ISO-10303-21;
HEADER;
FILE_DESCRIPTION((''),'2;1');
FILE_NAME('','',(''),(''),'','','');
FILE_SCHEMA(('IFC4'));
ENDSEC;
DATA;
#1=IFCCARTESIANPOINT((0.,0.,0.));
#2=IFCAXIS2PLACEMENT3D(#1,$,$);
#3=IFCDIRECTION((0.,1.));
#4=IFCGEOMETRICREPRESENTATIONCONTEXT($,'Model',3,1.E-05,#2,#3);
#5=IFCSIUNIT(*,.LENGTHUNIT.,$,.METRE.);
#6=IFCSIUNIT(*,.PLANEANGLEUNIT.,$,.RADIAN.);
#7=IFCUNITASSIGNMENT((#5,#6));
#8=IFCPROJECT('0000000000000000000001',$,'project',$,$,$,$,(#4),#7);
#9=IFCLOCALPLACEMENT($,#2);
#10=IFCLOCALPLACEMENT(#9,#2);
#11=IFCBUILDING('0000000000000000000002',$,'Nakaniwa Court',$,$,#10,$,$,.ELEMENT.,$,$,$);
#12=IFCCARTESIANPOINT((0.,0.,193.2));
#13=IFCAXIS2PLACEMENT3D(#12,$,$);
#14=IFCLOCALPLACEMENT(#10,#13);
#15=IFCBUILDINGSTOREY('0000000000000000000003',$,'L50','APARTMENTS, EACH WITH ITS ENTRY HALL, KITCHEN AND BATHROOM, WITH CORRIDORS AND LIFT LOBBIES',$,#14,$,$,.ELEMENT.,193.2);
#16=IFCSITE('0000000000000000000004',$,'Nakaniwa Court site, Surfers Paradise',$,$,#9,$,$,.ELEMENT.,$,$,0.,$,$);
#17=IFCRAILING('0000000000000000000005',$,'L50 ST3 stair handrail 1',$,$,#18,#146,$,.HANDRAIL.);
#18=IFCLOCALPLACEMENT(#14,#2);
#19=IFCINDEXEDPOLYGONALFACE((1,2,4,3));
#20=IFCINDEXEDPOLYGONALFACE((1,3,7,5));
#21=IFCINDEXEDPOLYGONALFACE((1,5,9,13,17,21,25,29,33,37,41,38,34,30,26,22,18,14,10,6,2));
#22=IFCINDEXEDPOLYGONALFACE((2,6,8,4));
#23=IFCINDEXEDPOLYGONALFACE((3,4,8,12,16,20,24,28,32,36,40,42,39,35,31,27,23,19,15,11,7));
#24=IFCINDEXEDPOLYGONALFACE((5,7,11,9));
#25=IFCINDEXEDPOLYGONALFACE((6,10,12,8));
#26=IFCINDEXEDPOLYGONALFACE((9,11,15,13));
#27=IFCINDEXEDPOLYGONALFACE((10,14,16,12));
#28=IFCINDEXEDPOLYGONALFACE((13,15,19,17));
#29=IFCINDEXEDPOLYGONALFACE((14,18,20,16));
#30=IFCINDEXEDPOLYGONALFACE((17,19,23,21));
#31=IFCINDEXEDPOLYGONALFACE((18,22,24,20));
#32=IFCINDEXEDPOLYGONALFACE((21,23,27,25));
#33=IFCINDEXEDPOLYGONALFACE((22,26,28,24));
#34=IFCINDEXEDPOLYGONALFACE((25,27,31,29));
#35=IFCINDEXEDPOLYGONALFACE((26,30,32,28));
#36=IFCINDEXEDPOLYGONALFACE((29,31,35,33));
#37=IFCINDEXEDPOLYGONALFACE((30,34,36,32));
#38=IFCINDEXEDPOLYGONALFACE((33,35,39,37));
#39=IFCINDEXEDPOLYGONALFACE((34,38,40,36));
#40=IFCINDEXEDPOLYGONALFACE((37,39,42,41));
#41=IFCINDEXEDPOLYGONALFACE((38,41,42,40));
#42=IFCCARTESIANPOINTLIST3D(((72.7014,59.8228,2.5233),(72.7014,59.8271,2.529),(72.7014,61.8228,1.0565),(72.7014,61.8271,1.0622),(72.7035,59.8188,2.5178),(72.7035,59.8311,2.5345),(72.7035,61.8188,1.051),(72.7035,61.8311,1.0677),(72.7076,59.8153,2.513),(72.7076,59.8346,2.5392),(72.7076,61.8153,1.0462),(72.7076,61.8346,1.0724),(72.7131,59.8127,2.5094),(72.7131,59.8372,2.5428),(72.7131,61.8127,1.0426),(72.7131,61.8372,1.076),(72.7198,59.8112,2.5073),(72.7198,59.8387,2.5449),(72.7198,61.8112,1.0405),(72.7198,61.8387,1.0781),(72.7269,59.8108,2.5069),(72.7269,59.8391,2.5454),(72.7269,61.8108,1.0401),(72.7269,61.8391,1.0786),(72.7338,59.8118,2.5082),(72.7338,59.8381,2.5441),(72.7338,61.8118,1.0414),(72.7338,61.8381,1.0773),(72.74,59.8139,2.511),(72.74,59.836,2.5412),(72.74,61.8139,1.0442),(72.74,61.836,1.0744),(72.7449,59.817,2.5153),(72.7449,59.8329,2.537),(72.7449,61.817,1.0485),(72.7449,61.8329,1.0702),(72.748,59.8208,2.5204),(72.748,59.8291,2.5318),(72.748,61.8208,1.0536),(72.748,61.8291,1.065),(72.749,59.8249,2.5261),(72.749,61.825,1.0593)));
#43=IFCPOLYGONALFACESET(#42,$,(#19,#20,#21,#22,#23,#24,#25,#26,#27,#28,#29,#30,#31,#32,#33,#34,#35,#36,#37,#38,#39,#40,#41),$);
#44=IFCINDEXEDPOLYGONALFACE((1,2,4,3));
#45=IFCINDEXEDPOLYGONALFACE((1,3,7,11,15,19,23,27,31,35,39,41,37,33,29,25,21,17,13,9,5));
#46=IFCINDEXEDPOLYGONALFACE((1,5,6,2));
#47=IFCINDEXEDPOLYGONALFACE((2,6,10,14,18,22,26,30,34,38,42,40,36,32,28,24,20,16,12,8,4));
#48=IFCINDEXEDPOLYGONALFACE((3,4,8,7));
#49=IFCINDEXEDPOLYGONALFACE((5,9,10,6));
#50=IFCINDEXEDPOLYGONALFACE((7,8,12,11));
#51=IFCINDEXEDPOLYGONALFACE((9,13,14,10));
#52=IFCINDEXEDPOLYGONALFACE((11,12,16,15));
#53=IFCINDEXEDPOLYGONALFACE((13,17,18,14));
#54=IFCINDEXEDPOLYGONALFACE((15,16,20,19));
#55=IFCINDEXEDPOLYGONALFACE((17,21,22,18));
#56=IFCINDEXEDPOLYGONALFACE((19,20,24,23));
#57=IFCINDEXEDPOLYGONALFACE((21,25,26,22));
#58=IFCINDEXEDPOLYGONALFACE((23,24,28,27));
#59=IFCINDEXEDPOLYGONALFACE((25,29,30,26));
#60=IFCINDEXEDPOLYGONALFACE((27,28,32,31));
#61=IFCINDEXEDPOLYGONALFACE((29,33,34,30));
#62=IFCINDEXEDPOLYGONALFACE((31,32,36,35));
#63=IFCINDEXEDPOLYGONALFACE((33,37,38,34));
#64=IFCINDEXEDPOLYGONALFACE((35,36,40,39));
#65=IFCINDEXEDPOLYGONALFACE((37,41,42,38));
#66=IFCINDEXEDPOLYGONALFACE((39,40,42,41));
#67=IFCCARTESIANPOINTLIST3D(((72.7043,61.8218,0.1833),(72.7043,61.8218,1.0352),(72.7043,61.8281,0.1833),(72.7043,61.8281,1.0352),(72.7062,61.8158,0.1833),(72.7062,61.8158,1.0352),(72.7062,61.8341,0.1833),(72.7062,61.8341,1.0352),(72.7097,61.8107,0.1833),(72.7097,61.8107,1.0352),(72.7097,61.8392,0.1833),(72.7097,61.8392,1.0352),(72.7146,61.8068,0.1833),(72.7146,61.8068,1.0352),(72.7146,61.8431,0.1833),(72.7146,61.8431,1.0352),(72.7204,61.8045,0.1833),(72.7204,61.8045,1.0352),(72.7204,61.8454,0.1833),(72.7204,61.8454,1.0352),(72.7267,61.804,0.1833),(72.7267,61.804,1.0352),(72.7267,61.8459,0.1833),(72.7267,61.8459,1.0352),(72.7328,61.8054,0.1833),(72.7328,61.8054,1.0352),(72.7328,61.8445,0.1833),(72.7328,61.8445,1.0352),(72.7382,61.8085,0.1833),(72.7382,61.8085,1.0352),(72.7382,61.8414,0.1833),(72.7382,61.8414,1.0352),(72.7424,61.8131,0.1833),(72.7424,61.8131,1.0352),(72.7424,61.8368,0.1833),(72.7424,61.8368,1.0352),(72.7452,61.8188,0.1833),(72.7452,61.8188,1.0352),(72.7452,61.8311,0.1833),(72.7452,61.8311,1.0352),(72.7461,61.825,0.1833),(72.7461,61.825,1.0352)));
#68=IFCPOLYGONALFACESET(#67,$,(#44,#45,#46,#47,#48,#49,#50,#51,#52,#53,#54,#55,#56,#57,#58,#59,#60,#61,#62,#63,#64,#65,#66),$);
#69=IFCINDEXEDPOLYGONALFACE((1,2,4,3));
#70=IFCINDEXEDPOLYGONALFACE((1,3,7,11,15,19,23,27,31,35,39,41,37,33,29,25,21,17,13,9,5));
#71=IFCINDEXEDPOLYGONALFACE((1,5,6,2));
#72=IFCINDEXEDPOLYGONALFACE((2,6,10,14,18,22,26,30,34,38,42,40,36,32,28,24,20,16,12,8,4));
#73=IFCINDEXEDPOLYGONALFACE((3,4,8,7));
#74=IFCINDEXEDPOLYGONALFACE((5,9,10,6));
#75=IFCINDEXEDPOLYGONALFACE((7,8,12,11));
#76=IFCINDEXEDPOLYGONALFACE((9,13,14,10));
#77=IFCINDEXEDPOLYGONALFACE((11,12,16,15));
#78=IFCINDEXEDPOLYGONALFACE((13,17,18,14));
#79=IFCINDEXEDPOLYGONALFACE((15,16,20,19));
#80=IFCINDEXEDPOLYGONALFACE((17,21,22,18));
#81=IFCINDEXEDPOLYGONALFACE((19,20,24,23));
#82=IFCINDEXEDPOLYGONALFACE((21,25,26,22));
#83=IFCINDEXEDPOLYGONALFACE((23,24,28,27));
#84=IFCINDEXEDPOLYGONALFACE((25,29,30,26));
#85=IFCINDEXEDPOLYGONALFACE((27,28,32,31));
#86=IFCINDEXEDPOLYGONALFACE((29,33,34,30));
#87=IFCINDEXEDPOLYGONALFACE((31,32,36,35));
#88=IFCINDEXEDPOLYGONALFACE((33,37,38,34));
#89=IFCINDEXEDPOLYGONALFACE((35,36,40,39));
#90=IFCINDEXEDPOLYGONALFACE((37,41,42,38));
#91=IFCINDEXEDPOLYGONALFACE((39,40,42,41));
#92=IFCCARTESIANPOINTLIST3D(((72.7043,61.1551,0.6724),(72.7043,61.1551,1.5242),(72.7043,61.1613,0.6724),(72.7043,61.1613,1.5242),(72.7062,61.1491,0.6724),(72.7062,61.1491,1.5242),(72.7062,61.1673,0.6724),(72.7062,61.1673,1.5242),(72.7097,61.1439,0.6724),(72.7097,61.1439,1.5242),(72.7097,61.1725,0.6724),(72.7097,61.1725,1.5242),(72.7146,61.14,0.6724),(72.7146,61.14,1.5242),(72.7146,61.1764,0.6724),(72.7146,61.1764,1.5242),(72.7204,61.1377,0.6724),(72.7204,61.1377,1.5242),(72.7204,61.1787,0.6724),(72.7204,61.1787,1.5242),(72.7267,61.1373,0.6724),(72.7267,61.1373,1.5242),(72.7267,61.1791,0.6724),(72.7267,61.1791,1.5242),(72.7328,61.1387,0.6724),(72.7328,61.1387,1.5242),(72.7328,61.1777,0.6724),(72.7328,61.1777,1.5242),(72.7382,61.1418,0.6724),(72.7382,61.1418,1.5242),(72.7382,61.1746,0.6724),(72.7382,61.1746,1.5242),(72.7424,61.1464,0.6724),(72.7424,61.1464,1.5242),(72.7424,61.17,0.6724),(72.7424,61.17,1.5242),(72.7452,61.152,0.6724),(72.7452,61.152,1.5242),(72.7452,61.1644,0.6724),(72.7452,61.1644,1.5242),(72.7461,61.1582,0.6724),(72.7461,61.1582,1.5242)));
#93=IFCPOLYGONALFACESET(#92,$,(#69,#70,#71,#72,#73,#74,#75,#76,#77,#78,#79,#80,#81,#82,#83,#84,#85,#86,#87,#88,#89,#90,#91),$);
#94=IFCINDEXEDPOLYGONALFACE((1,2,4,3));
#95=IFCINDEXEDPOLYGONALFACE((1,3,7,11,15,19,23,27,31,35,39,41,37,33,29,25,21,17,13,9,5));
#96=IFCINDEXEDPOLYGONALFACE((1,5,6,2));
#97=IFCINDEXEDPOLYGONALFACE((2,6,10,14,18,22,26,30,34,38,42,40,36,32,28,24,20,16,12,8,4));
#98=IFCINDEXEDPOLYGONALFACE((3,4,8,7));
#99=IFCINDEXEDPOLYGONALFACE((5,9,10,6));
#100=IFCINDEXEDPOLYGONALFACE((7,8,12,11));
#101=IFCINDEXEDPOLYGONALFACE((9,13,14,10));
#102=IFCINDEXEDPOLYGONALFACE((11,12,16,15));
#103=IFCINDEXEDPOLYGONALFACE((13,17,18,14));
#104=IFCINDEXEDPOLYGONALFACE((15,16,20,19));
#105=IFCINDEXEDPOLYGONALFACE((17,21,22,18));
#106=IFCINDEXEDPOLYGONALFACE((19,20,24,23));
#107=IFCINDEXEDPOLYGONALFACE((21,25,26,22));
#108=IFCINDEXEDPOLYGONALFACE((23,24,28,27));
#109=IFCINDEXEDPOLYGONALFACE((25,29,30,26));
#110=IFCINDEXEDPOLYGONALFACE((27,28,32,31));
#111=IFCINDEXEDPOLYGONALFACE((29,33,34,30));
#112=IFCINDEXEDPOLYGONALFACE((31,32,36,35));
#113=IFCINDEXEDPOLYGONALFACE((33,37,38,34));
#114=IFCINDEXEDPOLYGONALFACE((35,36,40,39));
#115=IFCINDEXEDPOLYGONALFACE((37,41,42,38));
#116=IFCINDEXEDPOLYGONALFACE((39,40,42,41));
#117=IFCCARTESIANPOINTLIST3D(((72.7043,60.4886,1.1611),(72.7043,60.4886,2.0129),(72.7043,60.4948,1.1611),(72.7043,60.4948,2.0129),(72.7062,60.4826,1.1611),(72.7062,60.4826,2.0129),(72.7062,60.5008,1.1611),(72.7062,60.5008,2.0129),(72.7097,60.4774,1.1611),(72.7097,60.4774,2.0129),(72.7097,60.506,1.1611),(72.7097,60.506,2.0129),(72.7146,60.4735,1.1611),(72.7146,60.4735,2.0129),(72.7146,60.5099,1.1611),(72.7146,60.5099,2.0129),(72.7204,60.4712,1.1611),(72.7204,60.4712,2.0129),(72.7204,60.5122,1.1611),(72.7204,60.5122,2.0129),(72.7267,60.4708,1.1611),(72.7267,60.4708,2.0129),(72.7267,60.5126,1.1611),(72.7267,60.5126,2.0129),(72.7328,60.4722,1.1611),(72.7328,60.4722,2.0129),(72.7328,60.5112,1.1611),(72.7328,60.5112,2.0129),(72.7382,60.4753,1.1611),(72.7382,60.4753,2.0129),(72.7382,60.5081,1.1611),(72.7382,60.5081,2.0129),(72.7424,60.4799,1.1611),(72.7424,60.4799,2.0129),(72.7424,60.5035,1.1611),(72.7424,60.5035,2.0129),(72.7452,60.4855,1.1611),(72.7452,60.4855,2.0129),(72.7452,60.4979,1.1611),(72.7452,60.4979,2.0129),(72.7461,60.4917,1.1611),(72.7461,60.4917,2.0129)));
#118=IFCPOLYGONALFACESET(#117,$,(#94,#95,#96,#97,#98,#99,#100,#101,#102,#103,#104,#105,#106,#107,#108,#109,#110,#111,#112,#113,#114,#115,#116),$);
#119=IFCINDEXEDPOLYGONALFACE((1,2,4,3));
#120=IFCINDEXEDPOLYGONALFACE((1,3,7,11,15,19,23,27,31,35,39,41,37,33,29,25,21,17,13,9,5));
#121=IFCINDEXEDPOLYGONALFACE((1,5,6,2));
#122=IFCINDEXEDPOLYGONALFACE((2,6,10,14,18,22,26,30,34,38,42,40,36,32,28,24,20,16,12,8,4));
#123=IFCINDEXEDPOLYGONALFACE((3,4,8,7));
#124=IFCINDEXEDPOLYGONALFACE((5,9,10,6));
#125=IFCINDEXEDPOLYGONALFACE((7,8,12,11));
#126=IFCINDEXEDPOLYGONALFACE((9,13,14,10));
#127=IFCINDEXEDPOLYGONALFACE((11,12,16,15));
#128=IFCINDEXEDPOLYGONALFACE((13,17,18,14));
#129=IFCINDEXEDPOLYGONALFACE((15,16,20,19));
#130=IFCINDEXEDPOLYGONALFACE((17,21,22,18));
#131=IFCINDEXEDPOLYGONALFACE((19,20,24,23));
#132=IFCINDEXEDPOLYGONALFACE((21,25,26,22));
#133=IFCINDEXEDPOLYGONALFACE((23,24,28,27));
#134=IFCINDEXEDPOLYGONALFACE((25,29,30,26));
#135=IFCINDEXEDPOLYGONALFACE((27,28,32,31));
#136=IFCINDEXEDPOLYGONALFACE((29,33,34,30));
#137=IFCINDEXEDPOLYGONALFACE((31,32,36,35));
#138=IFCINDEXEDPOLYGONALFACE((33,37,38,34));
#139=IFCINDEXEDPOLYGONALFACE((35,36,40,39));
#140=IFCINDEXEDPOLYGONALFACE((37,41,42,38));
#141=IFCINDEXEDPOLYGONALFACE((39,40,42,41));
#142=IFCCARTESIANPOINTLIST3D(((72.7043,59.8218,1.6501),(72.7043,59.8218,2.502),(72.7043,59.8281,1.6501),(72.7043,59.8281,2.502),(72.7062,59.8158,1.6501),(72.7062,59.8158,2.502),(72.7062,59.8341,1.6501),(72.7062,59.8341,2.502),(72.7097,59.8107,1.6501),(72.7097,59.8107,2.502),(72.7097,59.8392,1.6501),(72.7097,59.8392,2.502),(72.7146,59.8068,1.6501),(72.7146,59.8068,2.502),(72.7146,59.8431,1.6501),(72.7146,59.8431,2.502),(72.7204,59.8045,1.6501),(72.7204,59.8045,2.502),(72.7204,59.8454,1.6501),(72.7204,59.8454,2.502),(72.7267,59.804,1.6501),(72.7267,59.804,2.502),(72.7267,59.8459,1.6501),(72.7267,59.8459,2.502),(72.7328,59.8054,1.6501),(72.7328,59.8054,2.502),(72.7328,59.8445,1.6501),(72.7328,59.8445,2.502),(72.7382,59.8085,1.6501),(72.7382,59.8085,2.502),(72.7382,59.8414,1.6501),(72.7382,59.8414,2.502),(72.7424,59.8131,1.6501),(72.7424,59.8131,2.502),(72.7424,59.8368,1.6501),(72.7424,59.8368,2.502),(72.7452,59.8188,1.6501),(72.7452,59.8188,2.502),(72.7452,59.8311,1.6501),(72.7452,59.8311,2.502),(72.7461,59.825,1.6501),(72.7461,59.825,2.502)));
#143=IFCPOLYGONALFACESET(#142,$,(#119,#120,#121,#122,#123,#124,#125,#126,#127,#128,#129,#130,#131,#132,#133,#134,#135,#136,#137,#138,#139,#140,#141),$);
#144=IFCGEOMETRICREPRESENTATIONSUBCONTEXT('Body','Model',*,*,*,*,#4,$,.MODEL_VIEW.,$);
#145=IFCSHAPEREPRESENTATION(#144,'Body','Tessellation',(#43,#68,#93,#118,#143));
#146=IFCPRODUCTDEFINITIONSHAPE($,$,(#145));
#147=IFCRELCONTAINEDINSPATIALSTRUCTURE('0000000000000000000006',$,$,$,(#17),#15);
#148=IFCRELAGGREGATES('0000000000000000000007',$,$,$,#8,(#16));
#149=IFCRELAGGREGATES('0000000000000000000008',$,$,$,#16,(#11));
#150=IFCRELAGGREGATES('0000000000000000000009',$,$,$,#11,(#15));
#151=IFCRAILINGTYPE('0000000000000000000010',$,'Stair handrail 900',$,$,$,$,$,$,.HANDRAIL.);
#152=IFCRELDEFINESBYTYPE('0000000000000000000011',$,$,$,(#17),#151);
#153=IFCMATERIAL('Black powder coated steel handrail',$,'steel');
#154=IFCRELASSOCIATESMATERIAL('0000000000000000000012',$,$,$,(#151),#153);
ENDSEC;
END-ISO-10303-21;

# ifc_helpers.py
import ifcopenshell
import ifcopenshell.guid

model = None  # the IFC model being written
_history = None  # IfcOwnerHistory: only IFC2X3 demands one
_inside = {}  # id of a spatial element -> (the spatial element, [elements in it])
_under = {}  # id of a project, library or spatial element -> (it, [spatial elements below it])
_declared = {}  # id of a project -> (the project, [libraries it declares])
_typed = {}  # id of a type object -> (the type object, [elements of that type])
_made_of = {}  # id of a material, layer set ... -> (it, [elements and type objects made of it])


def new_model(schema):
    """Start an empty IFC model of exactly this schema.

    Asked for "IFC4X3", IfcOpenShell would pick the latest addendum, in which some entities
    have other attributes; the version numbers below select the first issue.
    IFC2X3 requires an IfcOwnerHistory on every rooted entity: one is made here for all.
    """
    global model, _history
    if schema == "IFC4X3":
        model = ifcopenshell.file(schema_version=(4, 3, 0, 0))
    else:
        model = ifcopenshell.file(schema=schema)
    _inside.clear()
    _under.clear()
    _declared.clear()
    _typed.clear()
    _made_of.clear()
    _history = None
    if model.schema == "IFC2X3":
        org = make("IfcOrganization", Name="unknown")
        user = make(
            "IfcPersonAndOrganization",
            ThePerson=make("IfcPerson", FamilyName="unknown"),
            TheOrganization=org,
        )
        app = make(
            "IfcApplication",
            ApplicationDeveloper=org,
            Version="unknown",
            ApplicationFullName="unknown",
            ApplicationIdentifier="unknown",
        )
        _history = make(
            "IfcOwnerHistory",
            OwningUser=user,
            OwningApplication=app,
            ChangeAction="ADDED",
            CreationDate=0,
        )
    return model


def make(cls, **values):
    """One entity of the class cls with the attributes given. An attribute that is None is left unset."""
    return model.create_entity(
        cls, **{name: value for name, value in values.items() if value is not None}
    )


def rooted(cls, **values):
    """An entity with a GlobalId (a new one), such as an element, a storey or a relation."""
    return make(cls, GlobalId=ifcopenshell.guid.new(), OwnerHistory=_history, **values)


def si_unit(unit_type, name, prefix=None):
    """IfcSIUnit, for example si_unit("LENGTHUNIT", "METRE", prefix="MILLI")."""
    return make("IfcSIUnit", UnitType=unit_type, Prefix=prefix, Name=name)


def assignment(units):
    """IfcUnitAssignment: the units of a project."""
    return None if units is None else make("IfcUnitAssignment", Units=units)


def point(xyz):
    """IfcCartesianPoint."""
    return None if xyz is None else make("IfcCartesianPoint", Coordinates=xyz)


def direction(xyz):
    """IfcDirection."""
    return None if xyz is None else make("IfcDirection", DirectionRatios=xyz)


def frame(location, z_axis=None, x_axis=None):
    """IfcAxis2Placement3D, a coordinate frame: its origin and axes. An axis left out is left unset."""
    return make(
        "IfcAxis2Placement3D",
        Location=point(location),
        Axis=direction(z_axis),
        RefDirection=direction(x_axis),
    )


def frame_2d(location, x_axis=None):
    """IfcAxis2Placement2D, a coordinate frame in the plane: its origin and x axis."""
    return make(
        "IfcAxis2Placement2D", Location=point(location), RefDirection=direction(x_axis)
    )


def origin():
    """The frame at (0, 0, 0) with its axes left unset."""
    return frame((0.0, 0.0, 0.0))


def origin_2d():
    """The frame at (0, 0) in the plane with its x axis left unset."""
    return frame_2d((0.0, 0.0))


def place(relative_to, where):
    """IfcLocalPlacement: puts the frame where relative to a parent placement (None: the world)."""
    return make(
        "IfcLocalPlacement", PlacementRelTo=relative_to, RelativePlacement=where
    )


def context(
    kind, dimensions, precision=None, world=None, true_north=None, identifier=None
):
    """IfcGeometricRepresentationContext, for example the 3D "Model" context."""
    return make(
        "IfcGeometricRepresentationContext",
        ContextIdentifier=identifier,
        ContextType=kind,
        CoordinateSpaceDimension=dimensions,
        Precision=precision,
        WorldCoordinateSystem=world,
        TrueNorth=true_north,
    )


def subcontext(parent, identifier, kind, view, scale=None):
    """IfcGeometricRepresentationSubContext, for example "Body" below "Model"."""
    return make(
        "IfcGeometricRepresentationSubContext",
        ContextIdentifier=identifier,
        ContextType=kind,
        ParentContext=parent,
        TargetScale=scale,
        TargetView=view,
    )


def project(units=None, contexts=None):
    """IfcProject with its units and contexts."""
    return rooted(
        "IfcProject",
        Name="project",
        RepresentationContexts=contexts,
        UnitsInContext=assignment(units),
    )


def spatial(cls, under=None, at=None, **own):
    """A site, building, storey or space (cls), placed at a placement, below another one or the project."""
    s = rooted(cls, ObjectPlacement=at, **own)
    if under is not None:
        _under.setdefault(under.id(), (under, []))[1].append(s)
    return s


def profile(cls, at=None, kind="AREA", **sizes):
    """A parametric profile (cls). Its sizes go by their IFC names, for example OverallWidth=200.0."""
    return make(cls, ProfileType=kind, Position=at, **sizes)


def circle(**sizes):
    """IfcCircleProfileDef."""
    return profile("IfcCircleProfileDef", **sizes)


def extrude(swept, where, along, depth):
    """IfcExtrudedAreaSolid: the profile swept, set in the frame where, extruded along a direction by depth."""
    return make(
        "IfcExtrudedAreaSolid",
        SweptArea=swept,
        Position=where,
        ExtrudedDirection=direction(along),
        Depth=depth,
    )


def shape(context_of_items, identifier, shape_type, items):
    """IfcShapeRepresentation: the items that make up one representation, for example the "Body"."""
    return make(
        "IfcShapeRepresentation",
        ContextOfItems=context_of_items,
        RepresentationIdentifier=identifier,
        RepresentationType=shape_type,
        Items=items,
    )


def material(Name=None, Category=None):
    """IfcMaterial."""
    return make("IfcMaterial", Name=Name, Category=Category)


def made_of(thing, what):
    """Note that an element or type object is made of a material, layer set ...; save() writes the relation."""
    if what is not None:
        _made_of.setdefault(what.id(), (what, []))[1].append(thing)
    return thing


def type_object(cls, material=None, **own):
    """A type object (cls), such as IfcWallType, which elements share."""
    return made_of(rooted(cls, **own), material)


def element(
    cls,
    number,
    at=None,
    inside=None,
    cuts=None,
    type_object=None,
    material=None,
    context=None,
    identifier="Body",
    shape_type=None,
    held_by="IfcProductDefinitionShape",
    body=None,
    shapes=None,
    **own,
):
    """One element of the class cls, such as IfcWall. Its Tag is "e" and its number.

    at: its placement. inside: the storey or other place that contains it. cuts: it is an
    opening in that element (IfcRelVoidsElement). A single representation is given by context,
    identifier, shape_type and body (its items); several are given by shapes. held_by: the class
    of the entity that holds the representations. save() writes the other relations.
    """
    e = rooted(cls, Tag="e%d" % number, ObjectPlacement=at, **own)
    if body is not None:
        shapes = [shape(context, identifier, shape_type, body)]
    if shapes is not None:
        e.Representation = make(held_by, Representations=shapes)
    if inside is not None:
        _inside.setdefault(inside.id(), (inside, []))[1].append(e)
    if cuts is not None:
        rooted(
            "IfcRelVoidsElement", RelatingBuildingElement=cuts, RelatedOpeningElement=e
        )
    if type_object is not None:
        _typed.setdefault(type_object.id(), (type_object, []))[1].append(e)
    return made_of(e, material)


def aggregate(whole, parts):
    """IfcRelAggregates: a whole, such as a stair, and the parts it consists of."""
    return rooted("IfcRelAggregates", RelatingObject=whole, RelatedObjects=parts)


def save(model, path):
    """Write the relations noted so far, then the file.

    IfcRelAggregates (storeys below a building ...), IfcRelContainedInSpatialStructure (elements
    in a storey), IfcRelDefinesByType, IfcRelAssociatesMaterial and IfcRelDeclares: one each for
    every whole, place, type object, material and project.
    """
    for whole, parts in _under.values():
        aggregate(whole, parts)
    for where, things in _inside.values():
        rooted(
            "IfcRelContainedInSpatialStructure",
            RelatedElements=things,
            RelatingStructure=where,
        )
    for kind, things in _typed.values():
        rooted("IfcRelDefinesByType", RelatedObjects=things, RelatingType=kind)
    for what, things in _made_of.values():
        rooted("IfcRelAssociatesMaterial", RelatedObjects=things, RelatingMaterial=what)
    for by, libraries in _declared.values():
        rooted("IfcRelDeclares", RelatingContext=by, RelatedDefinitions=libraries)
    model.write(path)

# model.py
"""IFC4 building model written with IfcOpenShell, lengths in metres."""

from ifc_helpers import new_model, si_unit, direction, frame, origin, origin_2d, place, context, subcontext, project, spatial, circle, extrude, material, type_object, element, save


model = new_model("IFC4")

# Units and contexts
model_context = context("Model", 3, precision=1e-05, world=origin(), true_north=direction((0.0, 1.0)))
body_context = subcontext(model_context, "Body", "Model", "MODEL_VIEW")
ifc_project = project(units=[si_unit("LENGTHUNIT", "METRE"), si_unit("PLANEANGLEUNIT", "RADIAN")], contexts=[model_context])

# Site, building, storey
site_placement = place(None, origin())
site = spatial("IfcSite", under=ifc_project, at=site_placement, Name="Nakaniwa Court site, Surfers Paradise", CompositionType="ELEMENT", RefElevation=0.0)
building_placement = place(site_placement, origin())
building = spatial("IfcBuilding", under=site, at=building_placement, Name="Nakaniwa Court", CompositionType="ELEMENT")
storey_placement = place(building_placement, frame((0.0, 0.0, 193.2)))
storey = spatial("IfcBuildingStorey", under=building, at=storey_placement, Name="L50", Description="APARTMENTS, EACH WITH ITS ENTRY HALL, KITCHEN AND BATHROOM, WITH CORRIDORS AND LIFT LOBBIES", CompositionType="ELEMENT", Elevation=193.2)

# Railing
ifc_material_1 = material(Name="Black powder coated steel handrail", Category="steel")
railing_type_1 = type_object("IfcRailingType", Name="Stair handrail 900", PredefinedType="HANDRAIL", material=ifc_material_1)
railing_1_placement = place(storey_placement, frame((72.7251, 61.825, 0.1833)))
element("IfcRailing", 1, at=railing_1_placement, inside=storey, type_object=railing_type_1, Name="L50 ST3 stair handrail 1", PredefinedType="HANDRAIL", context=body_context, shape_type="SweptSolid", body=[
    extrude(circle(Radius=0.0239, at=origin_2d()), frame((0.0, 0.0, 0.876), z_axis=(0.0, -0.80638, 0.591398), x_axis=(1.0, 0.0, 0.0)), (0.0, 0.0, 1.0), 2.4802),
    extrude(circle(Radius=0.021, at=origin_2d()), origin(), (0.0, 0.0, 1.0), 0.8518),
    extrude(circle(Radius=0.021, at=origin_2d()), frame((0.0, -0.6667, 0.489)), (0.0, 0.0, 1.0), 0.8518),
    extrude(circle(Radius=0.021, at=origin_2d()), frame((0.0, -1.3333, 0.9778)), (0.0, 0.0, 1.0), 0.8518),
    extrude(circle(Radius=0.021, at=origin_2d()), frame((0.0, -2.0, 1.4668)), (0.0, 0.0, 1.0), 0.8518),
])

save(model, "model.ifc")
